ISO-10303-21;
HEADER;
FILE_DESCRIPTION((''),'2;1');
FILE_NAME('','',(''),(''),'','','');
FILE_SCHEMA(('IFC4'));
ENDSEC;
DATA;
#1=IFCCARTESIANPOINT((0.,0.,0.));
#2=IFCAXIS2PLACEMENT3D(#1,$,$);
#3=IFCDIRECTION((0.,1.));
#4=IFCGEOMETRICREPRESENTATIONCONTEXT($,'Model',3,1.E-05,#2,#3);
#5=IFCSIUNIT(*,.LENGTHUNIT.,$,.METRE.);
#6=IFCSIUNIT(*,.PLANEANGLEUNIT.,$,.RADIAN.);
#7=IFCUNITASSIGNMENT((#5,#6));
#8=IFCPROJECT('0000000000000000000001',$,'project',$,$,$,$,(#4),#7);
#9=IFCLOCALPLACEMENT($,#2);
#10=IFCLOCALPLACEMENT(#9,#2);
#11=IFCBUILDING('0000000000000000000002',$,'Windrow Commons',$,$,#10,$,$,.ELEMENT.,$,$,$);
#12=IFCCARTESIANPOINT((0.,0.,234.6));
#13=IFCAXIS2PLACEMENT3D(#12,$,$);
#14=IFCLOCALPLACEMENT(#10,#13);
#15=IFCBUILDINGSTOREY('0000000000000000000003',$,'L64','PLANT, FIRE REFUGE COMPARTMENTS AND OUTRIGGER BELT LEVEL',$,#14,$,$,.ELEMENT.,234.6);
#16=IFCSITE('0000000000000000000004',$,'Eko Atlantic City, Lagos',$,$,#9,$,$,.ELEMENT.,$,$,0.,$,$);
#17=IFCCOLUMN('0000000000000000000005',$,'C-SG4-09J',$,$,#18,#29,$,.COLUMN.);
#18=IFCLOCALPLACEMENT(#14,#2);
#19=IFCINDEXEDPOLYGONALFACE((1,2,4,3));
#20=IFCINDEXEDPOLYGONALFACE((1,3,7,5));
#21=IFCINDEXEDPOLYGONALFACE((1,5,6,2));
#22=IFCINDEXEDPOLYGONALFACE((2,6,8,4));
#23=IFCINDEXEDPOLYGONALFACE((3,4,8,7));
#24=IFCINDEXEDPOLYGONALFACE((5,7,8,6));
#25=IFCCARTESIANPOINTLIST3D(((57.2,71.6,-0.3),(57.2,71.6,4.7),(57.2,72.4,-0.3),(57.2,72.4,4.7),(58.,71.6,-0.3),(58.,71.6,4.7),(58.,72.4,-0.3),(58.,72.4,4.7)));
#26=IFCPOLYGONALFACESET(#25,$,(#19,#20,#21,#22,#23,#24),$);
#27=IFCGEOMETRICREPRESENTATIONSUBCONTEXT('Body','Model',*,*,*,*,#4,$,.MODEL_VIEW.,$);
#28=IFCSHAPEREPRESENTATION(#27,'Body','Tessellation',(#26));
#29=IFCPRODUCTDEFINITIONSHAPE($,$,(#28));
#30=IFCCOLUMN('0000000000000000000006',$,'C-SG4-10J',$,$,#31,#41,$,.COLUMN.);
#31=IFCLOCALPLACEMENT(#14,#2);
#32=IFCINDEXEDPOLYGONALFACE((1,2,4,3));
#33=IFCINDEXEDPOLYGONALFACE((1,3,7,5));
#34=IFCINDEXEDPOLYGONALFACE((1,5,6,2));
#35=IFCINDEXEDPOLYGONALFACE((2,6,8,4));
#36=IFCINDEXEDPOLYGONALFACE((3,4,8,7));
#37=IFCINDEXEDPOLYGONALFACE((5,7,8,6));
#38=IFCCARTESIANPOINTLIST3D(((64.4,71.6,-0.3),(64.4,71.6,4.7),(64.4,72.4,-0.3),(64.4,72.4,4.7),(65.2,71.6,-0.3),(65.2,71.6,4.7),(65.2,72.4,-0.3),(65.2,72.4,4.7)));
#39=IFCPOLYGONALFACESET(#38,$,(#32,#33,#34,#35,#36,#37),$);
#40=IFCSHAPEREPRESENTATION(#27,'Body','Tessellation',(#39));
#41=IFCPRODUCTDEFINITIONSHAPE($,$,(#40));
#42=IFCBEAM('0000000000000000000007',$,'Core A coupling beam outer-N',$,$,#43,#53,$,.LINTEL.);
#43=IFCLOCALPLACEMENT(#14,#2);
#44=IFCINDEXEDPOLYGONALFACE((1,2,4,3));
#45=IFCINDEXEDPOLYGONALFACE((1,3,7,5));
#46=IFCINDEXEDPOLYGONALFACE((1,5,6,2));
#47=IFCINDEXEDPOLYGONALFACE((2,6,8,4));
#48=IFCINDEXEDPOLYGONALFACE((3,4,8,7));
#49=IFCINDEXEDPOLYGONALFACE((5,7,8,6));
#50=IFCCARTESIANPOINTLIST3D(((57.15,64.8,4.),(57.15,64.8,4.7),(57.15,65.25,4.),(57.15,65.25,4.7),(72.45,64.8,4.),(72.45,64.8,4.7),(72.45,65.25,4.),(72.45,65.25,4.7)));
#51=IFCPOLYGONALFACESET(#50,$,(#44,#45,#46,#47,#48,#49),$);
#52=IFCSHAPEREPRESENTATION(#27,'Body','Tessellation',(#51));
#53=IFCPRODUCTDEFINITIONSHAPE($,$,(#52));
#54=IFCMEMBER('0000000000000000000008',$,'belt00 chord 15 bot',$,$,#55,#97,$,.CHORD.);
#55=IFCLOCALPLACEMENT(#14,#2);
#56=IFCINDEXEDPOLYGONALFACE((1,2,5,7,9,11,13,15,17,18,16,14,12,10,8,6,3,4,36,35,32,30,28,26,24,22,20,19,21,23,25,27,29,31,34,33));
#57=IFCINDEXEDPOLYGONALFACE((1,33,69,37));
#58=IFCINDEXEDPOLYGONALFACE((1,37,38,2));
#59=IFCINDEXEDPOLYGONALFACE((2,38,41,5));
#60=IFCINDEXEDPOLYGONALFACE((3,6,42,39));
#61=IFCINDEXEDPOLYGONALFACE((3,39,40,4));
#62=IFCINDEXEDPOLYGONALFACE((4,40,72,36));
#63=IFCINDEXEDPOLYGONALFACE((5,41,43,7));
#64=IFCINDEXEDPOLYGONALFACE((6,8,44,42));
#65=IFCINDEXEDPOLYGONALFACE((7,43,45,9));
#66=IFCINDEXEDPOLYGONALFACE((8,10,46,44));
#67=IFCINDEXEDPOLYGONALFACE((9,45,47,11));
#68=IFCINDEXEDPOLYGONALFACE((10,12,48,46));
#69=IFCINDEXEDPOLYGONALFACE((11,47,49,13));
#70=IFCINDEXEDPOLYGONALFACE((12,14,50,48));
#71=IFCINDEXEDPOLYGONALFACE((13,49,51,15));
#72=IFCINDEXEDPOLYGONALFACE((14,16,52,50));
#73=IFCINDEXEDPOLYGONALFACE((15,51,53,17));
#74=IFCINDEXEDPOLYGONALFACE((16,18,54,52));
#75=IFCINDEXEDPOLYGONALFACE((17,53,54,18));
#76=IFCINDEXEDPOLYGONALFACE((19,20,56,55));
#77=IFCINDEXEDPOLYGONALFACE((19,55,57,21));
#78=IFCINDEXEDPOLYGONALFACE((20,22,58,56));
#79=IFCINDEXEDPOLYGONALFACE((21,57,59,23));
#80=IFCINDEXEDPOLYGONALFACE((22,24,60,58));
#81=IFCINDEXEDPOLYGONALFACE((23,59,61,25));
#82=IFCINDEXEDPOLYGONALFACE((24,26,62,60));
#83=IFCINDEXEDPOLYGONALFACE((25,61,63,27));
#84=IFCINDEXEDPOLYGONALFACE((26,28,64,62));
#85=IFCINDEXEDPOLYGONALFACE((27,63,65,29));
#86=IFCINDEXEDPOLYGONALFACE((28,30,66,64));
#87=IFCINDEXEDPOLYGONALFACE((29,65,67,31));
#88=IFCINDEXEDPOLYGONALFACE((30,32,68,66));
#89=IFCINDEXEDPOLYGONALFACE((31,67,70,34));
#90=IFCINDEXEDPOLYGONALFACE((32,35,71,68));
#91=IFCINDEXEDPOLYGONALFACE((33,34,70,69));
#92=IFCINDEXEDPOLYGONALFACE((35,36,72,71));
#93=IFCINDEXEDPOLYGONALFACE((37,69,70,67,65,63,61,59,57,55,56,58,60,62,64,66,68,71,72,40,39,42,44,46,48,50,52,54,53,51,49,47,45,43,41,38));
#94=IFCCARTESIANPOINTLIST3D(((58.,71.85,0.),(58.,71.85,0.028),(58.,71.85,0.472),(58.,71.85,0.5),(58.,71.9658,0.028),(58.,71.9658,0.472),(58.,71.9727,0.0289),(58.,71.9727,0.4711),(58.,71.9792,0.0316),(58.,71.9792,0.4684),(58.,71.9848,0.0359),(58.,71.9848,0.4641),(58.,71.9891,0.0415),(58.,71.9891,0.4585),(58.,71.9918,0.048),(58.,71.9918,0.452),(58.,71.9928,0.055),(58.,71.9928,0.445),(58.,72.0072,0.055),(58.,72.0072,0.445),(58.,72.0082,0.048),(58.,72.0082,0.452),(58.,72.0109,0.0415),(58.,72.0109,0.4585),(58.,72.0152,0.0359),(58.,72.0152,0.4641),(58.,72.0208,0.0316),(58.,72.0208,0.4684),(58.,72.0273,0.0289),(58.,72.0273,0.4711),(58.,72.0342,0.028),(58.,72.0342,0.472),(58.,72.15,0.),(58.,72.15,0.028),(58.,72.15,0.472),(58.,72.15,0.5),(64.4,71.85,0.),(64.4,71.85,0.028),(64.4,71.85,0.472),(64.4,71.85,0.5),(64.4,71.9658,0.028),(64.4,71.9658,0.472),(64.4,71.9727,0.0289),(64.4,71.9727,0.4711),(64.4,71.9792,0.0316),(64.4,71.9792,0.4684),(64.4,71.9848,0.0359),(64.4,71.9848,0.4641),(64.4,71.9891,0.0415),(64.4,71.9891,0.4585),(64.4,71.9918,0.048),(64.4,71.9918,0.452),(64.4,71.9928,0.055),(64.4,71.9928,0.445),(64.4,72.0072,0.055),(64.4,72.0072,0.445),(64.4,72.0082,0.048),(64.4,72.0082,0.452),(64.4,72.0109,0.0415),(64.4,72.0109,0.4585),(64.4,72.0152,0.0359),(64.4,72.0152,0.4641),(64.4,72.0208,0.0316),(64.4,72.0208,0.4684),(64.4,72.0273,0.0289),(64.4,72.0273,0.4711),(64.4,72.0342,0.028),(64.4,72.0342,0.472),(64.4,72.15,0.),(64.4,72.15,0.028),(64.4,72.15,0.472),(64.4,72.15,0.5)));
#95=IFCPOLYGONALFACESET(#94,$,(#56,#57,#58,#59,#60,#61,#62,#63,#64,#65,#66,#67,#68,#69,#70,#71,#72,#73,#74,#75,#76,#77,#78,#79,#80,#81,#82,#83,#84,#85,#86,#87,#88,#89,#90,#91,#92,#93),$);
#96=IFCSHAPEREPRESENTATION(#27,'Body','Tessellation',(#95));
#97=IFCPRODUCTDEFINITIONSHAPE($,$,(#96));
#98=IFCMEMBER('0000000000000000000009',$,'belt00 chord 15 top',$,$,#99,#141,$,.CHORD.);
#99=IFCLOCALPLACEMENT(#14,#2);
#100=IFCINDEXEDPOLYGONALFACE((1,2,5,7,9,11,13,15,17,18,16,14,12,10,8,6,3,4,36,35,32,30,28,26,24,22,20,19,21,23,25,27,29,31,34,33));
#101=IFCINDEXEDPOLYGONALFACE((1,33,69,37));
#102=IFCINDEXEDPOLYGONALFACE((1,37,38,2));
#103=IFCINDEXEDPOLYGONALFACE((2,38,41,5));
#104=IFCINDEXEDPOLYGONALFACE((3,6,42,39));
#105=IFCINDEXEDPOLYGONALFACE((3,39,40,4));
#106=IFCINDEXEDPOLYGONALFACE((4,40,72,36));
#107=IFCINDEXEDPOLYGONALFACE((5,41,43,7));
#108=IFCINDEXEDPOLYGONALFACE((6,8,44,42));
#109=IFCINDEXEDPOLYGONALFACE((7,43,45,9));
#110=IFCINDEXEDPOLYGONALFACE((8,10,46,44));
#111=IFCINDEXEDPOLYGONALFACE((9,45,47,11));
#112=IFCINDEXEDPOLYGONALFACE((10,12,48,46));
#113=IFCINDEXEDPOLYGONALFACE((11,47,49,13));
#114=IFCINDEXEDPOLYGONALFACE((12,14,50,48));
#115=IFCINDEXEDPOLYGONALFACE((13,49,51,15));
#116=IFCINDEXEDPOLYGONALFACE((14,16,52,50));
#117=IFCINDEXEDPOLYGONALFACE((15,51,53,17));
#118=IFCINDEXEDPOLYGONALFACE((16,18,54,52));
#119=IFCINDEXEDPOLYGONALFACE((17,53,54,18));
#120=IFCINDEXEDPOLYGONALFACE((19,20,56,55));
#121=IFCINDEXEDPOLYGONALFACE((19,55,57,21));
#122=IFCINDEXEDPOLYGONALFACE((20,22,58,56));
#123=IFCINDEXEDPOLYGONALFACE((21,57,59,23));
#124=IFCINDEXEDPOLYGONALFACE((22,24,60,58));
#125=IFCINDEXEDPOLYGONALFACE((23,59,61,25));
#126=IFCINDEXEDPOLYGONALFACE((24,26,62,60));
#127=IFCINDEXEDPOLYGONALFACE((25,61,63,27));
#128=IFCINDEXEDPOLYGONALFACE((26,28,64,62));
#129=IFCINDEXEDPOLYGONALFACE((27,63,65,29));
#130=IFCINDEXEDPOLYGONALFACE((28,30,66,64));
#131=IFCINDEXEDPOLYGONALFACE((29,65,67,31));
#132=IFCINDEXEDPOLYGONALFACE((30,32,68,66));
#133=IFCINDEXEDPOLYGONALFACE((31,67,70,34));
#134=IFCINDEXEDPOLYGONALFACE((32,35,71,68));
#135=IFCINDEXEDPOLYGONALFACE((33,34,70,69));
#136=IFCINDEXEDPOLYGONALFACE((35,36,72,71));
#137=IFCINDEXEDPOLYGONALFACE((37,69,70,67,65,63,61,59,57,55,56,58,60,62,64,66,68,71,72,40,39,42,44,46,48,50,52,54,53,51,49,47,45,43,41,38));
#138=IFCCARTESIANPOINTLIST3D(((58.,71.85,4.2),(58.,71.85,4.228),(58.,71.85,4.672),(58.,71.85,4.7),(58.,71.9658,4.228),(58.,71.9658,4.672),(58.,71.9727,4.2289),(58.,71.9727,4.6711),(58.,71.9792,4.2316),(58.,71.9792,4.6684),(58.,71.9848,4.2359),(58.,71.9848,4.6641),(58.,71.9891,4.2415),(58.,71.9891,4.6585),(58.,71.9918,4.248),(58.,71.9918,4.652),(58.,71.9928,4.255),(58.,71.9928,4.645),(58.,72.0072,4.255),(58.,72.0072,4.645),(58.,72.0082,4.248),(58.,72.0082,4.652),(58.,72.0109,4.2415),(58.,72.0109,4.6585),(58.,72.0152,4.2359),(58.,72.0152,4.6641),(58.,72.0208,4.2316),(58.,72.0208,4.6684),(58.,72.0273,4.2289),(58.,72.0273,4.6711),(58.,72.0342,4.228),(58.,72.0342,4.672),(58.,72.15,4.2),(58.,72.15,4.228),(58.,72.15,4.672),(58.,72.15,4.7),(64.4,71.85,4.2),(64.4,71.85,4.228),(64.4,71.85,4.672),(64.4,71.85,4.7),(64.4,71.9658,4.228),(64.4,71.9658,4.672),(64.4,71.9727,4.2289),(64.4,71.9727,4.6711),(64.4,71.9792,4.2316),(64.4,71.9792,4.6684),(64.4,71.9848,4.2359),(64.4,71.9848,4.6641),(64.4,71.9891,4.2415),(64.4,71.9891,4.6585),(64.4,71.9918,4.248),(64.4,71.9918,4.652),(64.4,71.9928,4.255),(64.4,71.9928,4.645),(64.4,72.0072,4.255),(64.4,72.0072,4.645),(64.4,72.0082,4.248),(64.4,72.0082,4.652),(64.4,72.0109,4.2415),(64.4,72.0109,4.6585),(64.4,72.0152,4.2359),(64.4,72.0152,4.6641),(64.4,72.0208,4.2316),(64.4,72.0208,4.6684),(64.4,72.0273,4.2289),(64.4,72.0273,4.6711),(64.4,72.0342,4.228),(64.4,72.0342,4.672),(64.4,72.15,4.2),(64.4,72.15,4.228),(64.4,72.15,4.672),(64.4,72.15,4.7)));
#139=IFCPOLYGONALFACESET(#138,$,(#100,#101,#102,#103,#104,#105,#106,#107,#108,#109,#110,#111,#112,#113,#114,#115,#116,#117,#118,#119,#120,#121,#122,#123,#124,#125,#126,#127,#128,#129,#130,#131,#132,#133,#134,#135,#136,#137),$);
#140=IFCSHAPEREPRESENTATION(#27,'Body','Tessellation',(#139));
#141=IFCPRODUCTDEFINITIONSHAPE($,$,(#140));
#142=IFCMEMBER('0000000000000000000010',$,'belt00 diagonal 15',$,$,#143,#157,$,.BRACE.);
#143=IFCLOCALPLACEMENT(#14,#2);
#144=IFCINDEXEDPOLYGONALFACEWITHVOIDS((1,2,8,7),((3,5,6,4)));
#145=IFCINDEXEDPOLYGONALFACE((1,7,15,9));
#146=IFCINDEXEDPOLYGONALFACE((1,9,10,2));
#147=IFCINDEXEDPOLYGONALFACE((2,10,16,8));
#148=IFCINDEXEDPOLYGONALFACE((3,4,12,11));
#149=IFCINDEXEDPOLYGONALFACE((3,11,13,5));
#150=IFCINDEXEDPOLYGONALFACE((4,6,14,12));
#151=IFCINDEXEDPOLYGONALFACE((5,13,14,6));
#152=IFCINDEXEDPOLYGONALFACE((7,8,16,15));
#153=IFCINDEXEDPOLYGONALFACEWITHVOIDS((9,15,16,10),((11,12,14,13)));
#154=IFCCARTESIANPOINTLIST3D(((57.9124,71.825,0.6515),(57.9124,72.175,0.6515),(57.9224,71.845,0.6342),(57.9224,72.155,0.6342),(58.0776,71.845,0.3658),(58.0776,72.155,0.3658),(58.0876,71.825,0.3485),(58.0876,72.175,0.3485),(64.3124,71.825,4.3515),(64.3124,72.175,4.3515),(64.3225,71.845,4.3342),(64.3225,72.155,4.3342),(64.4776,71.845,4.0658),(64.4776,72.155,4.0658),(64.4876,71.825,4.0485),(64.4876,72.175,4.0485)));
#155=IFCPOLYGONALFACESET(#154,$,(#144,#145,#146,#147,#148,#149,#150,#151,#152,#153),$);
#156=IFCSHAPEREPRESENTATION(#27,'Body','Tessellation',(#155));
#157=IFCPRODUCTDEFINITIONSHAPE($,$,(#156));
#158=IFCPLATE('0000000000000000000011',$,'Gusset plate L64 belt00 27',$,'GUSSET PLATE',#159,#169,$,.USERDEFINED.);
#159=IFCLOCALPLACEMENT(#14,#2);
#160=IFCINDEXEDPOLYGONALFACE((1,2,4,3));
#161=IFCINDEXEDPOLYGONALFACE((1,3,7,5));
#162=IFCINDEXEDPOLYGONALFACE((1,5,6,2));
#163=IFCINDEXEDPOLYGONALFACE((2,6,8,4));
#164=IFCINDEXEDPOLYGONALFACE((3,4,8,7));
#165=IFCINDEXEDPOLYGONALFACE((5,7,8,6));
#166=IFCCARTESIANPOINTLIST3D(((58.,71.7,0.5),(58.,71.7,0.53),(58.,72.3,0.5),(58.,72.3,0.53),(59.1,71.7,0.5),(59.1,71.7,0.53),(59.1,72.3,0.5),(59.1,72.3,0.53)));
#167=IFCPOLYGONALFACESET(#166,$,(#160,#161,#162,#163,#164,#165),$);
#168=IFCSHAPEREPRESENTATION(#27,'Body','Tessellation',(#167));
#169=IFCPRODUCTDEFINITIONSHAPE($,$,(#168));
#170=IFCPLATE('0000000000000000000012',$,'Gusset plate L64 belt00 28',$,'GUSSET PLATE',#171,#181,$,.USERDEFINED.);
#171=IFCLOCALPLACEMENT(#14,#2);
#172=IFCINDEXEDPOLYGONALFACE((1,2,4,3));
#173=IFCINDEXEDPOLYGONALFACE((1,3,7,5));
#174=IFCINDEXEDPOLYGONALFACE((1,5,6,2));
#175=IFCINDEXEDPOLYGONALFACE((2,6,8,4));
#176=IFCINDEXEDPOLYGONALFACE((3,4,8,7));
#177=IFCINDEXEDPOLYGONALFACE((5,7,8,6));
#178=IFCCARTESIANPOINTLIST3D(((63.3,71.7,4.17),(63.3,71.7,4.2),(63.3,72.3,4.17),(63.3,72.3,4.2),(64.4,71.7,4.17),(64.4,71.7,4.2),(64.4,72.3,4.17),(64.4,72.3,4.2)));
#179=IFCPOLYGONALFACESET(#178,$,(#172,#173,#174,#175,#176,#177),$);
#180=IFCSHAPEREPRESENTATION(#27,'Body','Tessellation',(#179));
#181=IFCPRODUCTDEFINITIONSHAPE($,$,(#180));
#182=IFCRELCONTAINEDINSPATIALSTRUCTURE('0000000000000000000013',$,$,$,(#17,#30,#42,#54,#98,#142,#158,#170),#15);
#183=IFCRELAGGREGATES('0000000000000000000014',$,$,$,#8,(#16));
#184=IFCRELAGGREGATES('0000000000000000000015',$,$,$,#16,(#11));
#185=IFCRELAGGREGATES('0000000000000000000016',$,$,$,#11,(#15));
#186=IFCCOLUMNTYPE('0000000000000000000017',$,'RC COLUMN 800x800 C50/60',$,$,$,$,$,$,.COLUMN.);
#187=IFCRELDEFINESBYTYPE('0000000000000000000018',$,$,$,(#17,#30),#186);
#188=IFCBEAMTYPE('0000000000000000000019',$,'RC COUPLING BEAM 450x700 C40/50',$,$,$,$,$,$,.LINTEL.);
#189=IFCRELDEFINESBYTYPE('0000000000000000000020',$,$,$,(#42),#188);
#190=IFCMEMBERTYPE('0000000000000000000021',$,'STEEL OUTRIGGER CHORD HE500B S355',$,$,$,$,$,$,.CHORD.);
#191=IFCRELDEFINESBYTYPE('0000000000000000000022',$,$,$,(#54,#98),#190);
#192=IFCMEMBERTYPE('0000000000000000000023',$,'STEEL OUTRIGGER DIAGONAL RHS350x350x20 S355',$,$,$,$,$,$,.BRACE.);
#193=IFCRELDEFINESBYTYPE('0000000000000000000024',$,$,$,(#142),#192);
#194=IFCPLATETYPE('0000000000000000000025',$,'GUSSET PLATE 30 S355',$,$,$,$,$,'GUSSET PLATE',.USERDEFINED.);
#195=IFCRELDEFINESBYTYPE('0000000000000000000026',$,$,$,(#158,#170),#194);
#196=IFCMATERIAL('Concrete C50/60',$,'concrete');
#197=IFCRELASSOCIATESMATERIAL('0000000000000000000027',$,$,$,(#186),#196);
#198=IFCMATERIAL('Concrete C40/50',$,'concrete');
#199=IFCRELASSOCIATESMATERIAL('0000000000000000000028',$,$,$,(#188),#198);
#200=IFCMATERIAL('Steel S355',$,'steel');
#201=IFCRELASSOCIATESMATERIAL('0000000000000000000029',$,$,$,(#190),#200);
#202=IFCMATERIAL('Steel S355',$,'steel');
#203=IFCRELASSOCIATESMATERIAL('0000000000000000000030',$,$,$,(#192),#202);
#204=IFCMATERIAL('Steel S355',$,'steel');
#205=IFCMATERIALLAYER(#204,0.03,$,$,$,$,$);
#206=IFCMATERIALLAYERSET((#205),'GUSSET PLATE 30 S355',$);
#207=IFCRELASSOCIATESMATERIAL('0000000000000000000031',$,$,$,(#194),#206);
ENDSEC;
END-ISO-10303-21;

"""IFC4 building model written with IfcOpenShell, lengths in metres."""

from ifc_helpers import new_model, si_unit, direction, frame, origin, origin_2d, place, context, subcontext, project, spatial, rectangle, hollow_rectangle, i_section, extrude, material, layer, layer_set, material_profile, profile_set, type_object, element, save


model = new_model("IFC4")

# Units and contexts
model_context = context("Model", 3, precision=1e-05, world=origin(), true_north=direction((0.0, 1.0)))
body_context = subcontext(model_context, "Body", "Model", "MODEL_VIEW")
ifc_project = project(units=[si_unit("LENGTHUNIT", "METRE"), si_unit("PLANEANGLEUNIT", "RADIAN")], contexts=[model_context])

# Site, building, storey
site_placement = place(None, origin())
site = spatial("IfcSite", under=ifc_project, at=site_placement, Name="Eko Atlantic City, Lagos", CompositionType="ELEMENT", RefElevation=0.0)
building_placement = place(site_placement, origin())
building = spatial("IfcBuilding", under=site, at=building_placement, Name="Windrow Commons", CompositionType="ELEMENT")
storey_placement = place(building_placement, frame((0.0, 0.0, 234.6)))
storey = spatial("IfcBuildingStorey", under=building, at=storey_placement, Name="L64", Description="PLANT, FIRE REFUGE COMPARTMENTS AND OUTRIGGER BELT LEVEL", CompositionType="ELEMENT", Elevation=234.6)

# Columns
ifc_material_1 = material(Name="Concrete C50/60", Category="concrete")
ifc_material_profile_1 = material_profile(ifc_material_1, rectangle(XDim=0.8, YDim=0.8, at=origin_2d()))
ifc_profile_set_1 = profile_set([ifc_material_profile_1], Name="Concrete C50/60")
column_type = type_object("IfcColumnType", Name="RC COLUMN 800x800 C50/60", PredefinedType="COLUMN", material=ifc_profile_set_1)
for number, where, z_axis, x_axis, name in (
    (1, (57.6, 72.0, -0.3), (0.0, 0.0, 1.0), (1.0, 0.0, 0.0), "C-SG4-09J"),
    (2, (64.8, 72.0, -0.3), (0.0, 0.0, 1.0), (1.0, 0.0, 0.0), "C-SG4-10J"),
):
    element("IfcColumn", number, at=place(storey_placement, frame(where, z_axis=z_axis, x_axis=x_axis)), inside=storey, type_object=column_type, Name=name, PredefinedType="COLUMN", context=body_context, shape_type="SweptSolid", body=[
        extrude(rectangle(XDim=0.8, YDim=0.8, at=origin_2d()), origin(), (0.0, 0.0, 1.0), 5.0),
    ])

# Beam
ifc_material_2 = material(Name="Concrete C40/50", Category="concrete")
ifc_material_profile_2 = material_profile(ifc_material_2, rectangle(XDim=0.45, YDim=0.7, at=origin_2d()))
ifc_profile_set_2 = profile_set([ifc_material_profile_2], Name="Concrete C40/50")
beam_type = type_object("IfcBeamType", Name="RC COUPLING BEAM 450x700 C40/50", PredefinedType="LINTEL", material=ifc_profile_set_2)
beam_placement = place(storey_placement, frame((57.15, 65.025, 4.35), z_axis=(1.0, 0.0, 0.0), x_axis=(0.0, 1.0, 0.0)))
element("IfcBeam", 3, at=beam_placement, inside=storey, type_object=beam_type, Name="Core A coupling beam outer-N", PredefinedType="LINTEL", context=body_context, shape_type="SweptSolid", body=[
    extrude(rectangle(XDim=0.45, YDim=0.7, at=origin_2d()), origin(), (0.0, 0.0, 1.0), 15.3),
])

# Members
ifc_material_3 = material(Name="Steel S355", Category="steel")
ifc_material_profile_3 = material_profile(ifc_material_3, i_section(OverallWidth=0.3, OverallDepth=0.5, WebThickness=0.0145, FlangeThickness=0.028, FilletRadius=0.027, at=origin_2d()))
ifc_profile_set_3 = profile_set([ifc_material_profile_3], Name="Steel S355")
member_type_1 = type_object("IfcMemberType", Name="STEEL OUTRIGGER CHORD HE500B S355", PredefinedType="CHORD", material=ifc_profile_set_3)
for number, where, z_axis, x_axis, name in (
    (4, (58.0, 72.0, 0.25), (1.0, 0.0, 0.0), (0.0, 1.0, 0.0), "belt00 chord 15 bot"),
    (5, (58.0, 72.0, 4.45), (1.0, 0.0, 0.0), (0.0, 1.0, 0.0), "belt00 chord 15 top"),
):
    element("IfcMember", number, at=place(storey_placement, frame(where, z_axis=z_axis, x_axis=x_axis)), inside=storey, type_object=member_type_1, Name=name, PredefinedType="CHORD", context=body_context, shape_type="SweptSolid", body=[
        extrude(i_section(OverallWidth=0.3, OverallDepth=0.5, WebThickness=0.0145, FlangeThickness=0.028, FilletRadius=0.027, at=origin_2d()), origin(), (0.0, 0.0, 1.0), 6.4),
    ])
ifc_material_4 = material(Name="Steel S355", Category="steel")
ifc_material_profile_4 = material_profile(ifc_material_4, hollow_rectangle(XDim=0.35, YDim=0.35, WallThickness=0.02, at=origin_2d()))
ifc_profile_set_4 = profile_set([ifc_material_profile_4], Name="Steel S355")
member_type_2 = type_object("IfcMemberType", Name="STEEL OUTRIGGER DIAGONAL RHS350x350x20 S355", PredefinedType="BRACE", material=ifc_profile_set_4)
member_placement = place(storey_placement, frame((58.0, 72.0, 0.5), z_axis=(0.865735, 0.0, 0.500503), x_axis=(0.0, 1.0, 0.0)))
element("IfcMember", 6, at=member_placement, inside=storey, type_object=member_type_2, Name="belt00 diagonal 15", PredefinedType="BRACE", context=body_context, shape_type="SweptSolid", body=[
    extrude(hollow_rectangle(XDim=0.35, YDim=0.35, WallThickness=0.02, at=origin_2d()), origin(), (0.0, 0.0, 1.0), 7.3926),
])

# Plates
ifc_material_5 = material(Name="Steel S355", Category="steel")
ifc_layer_1 = layer(ifc_material_5, 0.03)
ifc_layer_set_1 = layer_set([ifc_layer_1], Name="GUSSET PLATE 30 S355")
plate_type = type_object("IfcPlateType", Name="GUSSET PLATE 30 S355", ElementType="GUSSET PLATE", PredefinedType="USERDEFINED", material=ifc_layer_set_1)
for number, where, z_axis, x_axis, name in (
    (7, (58.55, 72.0, 0.5), (0.0, 0.0, 1.0), (1.0, 0.0, 0.0), "Gusset plate L64 belt00 27"),
    (8, (63.85, 72.0, 4.17), (0.0, 0.0, 1.0), (1.0, 0.0, 0.0), "Gusset plate L64 belt00 28"),
):
    element("IfcPlate", number, at=place(storey_placement, frame(where, z_axis=z_axis, x_axis=x_axis)), inside=storey, type_object=plate_type, Name=name, ObjectType="GUSSET PLATE", PredefinedType="USERDEFINED", context=body_context, shape_type="SweptSolid", body=[
        extrude(rectangle(XDim=1.1, YDim=0.6, at=origin_2d()), origin(), (0.0, 0.0, 1.0), 0.03),
    ])

save(model, "model.ifc")
